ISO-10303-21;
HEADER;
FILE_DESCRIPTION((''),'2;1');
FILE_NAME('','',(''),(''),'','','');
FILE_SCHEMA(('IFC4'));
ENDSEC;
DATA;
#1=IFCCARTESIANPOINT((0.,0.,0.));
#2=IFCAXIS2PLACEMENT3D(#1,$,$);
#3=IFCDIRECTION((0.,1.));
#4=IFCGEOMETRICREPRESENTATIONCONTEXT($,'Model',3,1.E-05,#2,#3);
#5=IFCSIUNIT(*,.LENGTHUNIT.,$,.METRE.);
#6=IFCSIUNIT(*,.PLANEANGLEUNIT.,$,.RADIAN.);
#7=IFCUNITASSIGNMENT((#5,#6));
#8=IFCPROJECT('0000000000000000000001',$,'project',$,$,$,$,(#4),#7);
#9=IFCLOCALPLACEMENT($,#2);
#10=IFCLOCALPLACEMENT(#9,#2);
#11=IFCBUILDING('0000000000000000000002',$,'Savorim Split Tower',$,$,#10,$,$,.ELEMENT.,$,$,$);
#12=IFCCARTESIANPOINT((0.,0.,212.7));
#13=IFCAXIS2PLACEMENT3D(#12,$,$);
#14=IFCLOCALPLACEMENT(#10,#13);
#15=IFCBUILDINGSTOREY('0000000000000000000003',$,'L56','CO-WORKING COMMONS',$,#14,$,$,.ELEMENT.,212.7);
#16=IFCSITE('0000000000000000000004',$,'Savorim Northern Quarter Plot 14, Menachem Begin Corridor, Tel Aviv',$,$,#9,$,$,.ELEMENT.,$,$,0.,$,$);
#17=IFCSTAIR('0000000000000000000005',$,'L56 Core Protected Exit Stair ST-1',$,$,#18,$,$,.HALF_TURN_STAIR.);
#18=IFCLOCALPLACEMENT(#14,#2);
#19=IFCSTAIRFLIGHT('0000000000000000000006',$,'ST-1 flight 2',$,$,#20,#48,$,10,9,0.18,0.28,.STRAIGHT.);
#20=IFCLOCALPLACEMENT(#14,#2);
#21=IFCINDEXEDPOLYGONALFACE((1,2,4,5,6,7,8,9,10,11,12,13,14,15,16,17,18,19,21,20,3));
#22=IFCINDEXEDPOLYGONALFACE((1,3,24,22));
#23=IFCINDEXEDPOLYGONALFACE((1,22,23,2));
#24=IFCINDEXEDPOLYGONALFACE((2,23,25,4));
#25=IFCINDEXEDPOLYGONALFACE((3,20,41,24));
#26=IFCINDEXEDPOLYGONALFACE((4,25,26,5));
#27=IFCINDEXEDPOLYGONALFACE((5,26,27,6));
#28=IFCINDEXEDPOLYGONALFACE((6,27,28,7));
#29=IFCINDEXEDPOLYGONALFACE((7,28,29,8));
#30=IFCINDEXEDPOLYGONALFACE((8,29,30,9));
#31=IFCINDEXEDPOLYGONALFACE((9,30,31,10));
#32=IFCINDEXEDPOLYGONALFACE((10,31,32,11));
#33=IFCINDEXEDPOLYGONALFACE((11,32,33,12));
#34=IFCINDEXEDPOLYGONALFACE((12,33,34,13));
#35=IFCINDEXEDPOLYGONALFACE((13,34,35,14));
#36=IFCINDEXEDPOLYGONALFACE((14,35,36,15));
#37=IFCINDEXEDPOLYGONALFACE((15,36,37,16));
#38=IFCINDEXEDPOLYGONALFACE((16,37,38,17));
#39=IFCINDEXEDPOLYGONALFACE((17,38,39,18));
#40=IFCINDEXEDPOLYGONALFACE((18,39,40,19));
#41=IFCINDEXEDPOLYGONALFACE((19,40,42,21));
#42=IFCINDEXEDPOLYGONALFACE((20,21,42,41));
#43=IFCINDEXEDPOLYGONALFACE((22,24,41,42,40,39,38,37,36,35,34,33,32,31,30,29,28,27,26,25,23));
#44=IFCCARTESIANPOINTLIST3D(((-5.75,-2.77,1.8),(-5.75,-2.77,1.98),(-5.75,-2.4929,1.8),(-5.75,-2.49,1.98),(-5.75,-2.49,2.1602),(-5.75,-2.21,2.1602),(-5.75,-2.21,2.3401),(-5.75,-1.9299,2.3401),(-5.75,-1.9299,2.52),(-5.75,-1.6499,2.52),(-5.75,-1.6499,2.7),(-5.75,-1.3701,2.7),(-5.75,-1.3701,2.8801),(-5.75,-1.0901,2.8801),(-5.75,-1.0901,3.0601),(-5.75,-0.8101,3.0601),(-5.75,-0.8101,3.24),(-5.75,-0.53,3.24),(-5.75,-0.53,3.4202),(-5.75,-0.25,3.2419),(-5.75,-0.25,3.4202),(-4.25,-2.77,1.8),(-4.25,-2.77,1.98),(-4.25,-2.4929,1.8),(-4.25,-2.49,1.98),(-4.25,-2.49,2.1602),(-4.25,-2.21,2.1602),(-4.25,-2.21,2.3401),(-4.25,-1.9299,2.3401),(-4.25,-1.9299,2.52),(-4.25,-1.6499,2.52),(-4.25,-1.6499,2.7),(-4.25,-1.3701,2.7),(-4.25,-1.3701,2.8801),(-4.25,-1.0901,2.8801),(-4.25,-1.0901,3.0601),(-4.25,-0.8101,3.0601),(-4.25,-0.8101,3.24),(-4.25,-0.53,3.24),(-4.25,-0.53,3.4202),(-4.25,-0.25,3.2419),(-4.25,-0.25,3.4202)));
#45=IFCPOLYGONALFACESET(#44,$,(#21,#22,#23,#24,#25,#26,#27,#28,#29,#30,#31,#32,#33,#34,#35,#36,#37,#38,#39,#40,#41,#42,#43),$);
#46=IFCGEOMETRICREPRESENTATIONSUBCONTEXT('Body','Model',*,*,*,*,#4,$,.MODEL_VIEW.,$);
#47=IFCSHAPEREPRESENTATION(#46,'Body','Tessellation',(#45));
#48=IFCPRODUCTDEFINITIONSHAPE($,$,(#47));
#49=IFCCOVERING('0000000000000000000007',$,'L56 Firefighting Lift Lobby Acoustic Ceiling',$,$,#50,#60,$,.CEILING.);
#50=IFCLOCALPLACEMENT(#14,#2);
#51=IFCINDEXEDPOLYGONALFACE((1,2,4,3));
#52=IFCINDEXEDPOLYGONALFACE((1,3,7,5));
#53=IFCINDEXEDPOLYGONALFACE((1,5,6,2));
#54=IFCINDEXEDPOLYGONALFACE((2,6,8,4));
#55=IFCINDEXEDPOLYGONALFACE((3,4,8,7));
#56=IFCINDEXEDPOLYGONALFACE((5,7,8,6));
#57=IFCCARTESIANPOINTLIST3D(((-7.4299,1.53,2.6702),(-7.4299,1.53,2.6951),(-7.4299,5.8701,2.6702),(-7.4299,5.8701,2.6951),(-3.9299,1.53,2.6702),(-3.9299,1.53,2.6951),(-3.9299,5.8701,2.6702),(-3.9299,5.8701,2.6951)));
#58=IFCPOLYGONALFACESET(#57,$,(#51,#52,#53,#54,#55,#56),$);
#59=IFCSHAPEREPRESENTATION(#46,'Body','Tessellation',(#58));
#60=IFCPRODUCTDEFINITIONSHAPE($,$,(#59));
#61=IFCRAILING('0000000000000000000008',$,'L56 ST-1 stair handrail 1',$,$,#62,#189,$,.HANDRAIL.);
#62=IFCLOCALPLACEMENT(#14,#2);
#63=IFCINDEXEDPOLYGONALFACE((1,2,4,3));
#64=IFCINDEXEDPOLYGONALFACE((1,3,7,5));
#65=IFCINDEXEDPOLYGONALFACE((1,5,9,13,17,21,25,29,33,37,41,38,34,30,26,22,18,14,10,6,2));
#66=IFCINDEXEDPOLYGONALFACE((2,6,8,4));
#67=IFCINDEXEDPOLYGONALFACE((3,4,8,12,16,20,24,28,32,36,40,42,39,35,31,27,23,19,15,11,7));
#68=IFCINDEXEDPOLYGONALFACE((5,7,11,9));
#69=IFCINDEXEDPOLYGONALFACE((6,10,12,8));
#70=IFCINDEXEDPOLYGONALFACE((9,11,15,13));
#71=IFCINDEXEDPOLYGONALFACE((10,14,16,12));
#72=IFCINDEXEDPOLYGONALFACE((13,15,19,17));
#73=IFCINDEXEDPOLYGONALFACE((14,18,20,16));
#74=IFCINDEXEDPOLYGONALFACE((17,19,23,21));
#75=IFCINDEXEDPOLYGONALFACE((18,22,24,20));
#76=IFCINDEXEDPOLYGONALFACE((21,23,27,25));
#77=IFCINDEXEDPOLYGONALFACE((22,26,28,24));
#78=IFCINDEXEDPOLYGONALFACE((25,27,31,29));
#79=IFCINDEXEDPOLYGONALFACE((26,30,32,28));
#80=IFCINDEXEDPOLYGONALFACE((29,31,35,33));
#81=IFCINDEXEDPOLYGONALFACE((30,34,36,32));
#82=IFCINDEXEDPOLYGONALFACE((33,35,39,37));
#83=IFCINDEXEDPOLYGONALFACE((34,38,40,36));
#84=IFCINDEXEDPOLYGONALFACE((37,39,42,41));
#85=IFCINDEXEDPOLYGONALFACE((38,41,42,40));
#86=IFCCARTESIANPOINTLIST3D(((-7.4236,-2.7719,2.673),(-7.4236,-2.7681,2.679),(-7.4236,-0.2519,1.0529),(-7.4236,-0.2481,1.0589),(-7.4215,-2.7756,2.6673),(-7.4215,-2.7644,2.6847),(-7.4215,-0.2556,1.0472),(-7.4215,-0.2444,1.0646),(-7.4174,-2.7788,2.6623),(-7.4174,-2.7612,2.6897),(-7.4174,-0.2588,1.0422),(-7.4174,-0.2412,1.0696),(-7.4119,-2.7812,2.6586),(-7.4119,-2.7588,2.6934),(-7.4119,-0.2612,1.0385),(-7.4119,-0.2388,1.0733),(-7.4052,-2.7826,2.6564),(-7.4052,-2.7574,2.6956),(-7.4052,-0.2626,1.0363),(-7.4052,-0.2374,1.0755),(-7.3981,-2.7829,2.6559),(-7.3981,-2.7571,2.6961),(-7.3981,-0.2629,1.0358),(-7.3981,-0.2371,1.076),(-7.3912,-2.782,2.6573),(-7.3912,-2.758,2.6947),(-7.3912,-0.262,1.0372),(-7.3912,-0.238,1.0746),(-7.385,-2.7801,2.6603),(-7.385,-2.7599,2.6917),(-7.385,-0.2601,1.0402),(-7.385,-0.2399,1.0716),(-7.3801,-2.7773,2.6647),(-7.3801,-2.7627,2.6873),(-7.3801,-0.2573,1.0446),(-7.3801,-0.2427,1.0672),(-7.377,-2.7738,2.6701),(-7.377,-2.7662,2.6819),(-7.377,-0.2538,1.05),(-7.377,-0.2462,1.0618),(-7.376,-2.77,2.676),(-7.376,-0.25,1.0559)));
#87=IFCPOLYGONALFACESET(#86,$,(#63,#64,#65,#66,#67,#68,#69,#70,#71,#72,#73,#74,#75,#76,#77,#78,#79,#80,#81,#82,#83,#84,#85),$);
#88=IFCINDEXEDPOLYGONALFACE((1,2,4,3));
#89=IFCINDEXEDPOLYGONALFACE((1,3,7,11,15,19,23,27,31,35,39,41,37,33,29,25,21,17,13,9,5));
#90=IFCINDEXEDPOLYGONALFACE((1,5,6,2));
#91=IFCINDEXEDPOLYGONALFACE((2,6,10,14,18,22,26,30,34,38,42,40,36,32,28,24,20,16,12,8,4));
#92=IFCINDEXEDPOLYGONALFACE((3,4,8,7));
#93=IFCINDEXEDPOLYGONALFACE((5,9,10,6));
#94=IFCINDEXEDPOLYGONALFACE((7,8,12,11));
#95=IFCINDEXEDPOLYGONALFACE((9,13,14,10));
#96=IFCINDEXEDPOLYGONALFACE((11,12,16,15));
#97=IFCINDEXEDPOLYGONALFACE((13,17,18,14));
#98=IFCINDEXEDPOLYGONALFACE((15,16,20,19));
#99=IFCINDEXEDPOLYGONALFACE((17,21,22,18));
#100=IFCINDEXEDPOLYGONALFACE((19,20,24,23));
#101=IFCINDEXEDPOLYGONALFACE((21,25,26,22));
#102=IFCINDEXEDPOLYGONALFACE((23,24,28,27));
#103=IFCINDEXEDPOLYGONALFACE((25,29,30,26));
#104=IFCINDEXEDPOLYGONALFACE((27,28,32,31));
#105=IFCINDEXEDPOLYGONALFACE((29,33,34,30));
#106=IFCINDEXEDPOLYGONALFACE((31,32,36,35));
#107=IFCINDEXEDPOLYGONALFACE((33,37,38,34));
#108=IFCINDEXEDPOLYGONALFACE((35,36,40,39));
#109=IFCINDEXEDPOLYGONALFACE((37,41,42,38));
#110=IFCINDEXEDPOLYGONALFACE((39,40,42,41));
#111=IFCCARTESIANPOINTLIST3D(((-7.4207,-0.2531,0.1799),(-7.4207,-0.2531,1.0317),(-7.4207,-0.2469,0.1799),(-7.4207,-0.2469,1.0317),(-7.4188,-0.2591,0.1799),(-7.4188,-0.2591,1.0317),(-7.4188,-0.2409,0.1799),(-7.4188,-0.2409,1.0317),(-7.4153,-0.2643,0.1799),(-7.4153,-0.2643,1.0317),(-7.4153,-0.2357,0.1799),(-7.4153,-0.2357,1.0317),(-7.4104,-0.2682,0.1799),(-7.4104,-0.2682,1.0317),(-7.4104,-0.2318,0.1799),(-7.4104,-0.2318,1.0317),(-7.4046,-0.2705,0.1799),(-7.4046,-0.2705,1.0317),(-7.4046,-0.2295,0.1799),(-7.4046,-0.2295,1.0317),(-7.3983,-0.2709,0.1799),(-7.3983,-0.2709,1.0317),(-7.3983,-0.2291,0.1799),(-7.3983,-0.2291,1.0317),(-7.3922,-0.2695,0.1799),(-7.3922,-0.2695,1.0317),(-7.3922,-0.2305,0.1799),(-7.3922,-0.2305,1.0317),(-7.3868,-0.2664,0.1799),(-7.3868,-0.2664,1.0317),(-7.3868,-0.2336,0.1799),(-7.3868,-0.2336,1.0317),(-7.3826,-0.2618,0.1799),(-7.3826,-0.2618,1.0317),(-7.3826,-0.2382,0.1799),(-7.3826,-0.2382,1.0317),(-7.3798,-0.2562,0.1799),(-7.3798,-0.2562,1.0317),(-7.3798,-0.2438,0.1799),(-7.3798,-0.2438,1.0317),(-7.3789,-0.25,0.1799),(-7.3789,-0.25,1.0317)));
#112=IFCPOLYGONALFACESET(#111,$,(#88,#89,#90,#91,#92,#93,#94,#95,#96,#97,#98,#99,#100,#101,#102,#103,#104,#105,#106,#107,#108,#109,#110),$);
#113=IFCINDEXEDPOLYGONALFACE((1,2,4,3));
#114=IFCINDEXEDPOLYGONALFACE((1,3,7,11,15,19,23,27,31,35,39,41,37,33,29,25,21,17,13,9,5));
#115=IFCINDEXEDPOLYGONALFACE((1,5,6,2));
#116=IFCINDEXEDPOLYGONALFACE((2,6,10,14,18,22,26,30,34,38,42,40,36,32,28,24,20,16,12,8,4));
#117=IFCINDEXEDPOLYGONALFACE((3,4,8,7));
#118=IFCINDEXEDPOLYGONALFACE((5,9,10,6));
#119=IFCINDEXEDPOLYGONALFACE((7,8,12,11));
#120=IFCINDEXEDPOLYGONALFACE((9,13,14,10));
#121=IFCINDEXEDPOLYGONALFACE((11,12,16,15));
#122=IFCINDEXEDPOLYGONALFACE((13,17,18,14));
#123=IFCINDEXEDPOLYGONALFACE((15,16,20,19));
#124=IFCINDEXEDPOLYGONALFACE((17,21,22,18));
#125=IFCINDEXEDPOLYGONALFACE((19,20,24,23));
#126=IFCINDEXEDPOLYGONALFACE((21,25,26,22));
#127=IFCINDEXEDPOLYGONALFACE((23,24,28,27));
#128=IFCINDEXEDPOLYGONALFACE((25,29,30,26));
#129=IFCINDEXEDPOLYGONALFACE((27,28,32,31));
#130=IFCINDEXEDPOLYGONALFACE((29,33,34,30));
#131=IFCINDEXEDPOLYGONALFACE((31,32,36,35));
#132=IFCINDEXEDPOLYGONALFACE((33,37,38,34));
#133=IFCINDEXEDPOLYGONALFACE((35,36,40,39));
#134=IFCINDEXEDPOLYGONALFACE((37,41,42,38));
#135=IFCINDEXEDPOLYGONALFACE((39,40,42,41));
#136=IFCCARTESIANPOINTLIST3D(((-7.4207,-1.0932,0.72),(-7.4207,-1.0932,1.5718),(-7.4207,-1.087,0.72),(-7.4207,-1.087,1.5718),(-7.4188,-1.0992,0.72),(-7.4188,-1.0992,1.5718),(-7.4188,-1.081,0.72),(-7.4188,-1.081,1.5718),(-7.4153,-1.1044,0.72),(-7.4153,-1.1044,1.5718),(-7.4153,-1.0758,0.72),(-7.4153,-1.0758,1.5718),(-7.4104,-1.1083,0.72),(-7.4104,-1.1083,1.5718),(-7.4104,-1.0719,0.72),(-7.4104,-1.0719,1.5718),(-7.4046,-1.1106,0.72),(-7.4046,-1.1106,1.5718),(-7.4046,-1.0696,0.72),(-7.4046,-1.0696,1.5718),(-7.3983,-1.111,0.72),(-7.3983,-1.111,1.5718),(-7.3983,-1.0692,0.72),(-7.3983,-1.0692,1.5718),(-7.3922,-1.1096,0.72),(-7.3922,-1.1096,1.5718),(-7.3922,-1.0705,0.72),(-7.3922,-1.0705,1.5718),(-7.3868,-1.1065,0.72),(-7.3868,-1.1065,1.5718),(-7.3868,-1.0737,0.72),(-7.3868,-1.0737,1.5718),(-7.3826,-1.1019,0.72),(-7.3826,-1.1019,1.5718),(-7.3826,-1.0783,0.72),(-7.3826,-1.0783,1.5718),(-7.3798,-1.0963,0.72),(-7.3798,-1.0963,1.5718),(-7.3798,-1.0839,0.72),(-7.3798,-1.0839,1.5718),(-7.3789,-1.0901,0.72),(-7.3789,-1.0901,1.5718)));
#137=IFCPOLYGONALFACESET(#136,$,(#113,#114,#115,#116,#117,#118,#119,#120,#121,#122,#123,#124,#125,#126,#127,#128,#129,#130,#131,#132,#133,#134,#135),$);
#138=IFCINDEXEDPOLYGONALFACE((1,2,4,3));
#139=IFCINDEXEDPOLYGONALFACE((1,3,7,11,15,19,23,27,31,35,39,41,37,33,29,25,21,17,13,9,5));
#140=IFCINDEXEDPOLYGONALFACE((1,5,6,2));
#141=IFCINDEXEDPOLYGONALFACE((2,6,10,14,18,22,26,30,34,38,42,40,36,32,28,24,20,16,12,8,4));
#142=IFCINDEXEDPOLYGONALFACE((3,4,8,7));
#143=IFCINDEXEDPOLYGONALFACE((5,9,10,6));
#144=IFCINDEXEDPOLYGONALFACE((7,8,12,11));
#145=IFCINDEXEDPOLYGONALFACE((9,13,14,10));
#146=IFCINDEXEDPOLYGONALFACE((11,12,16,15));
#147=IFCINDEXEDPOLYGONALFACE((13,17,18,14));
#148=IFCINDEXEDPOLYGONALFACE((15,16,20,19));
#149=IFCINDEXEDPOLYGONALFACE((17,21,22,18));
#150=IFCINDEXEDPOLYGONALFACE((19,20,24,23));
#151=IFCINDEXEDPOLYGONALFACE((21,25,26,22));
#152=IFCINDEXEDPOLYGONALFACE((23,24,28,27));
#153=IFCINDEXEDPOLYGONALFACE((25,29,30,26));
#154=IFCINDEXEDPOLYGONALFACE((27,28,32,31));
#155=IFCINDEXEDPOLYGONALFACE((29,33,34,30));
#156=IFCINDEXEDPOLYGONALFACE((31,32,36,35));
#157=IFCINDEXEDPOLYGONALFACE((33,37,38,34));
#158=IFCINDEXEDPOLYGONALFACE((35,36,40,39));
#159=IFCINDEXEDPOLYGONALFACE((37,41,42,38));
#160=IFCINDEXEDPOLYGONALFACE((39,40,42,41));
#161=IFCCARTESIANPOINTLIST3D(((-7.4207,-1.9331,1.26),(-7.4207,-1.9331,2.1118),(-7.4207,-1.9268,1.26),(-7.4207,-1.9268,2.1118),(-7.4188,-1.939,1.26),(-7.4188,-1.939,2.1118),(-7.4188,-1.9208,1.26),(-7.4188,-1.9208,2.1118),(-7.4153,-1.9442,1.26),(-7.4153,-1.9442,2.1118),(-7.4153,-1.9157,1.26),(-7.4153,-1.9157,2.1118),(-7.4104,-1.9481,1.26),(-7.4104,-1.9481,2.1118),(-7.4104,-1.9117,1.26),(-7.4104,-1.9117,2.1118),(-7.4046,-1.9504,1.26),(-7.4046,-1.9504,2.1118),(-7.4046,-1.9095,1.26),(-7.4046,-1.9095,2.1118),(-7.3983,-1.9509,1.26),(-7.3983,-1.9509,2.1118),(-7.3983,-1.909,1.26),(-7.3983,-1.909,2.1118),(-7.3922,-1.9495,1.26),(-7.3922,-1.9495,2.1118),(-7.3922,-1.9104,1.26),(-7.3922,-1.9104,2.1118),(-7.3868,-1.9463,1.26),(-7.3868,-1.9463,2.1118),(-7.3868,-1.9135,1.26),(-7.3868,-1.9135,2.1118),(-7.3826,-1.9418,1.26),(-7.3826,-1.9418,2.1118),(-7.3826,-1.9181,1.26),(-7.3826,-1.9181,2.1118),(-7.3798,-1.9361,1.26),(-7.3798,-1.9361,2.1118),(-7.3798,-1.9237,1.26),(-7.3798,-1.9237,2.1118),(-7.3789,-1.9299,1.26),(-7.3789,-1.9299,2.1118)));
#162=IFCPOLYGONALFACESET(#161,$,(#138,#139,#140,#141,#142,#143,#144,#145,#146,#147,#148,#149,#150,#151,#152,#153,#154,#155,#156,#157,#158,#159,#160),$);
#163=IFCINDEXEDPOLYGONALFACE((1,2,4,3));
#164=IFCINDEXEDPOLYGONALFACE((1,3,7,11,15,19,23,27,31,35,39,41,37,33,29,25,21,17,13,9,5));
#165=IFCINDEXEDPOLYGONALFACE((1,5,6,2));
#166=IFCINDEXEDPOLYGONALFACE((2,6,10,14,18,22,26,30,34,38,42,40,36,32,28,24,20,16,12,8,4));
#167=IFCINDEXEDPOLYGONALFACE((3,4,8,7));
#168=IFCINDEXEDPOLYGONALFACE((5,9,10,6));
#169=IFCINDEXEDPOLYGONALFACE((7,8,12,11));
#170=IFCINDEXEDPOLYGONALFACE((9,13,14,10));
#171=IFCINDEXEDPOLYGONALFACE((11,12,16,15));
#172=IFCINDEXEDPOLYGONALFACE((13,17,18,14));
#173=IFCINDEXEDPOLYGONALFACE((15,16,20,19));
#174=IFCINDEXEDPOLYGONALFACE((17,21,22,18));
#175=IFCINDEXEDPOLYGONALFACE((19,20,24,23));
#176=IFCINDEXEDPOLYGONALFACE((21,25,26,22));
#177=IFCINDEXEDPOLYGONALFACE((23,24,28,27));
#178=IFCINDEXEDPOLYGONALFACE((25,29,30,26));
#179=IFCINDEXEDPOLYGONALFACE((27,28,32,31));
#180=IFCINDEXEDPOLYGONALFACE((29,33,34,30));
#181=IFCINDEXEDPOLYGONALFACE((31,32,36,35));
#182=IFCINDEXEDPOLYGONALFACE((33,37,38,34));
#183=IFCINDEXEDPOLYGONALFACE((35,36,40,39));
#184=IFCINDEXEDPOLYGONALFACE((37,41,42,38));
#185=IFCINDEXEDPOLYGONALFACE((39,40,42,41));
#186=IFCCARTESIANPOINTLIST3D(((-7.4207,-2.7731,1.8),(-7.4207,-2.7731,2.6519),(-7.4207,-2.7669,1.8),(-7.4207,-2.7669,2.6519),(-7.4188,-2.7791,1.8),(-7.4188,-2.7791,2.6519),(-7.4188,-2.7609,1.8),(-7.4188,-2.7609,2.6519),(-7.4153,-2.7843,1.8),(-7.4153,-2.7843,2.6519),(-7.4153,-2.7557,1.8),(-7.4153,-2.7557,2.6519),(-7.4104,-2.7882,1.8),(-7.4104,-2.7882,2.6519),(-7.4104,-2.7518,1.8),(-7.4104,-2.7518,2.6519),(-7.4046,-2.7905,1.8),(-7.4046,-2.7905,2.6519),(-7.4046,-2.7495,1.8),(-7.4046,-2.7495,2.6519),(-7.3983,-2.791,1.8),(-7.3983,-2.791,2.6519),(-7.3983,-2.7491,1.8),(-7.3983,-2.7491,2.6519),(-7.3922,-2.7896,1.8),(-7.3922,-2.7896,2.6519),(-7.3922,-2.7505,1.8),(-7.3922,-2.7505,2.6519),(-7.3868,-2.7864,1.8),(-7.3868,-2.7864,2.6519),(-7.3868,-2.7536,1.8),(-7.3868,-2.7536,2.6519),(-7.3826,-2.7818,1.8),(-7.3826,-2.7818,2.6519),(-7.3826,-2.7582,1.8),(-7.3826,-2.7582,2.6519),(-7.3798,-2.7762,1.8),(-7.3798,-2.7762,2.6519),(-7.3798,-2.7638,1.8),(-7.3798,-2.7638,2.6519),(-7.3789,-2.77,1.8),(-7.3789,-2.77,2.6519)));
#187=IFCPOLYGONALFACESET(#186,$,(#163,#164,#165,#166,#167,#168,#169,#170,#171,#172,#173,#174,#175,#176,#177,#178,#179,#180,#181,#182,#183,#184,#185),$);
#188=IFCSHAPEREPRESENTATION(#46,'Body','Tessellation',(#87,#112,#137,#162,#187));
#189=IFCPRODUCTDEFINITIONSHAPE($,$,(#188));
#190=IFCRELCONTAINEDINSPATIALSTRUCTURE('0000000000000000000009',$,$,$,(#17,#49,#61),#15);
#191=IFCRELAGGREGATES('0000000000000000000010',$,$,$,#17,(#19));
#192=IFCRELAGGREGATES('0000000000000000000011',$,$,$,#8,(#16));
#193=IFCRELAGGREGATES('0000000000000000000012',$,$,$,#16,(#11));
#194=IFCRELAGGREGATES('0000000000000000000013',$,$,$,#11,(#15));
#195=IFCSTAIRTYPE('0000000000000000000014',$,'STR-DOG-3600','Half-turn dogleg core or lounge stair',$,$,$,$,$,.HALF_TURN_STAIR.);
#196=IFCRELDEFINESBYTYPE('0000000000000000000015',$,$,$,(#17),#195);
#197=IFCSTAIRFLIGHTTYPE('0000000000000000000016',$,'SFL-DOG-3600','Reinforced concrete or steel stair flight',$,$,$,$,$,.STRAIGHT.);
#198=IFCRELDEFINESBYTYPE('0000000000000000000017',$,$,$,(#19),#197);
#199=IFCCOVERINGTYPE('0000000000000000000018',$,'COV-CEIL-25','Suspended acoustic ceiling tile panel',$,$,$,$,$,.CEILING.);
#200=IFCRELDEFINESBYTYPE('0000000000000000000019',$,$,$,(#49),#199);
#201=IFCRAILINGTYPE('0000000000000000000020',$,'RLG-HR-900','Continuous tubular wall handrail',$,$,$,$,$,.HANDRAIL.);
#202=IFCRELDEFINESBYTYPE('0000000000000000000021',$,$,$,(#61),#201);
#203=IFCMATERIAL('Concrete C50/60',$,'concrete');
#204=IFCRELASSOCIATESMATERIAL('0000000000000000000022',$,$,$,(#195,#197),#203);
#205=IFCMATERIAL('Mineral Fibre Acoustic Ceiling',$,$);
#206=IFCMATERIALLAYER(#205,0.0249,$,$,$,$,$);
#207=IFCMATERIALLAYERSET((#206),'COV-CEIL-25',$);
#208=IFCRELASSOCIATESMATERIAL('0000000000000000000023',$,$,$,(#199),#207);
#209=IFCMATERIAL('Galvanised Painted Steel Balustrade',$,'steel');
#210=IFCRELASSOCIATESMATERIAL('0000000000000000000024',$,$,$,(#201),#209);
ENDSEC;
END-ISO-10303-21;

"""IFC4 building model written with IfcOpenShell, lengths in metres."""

from ifc_helpers import new_model, si_unit, direction, frame, origin, origin_2d, place, context, subcontext, project, spatial, polyline, circle, outline, extrude, material, layer, layer_set, type_object, element, aggregate, save


model = new_model("IFC4")

# Units and contexts
model_context = context("Model", 3, precision=1e-05, world=origin(), true_north=direction((0.0, 1.0)))
body_context = subcontext(model_context, "Body", "Model", "MODEL_VIEW")
ifc_project = project(units=[si_unit("LENGTHUNIT", "METRE"), si_unit("PLANEANGLEUNIT", "RADIAN")], contexts=[model_context])

# Site, building, storey
site_placement = place(None, origin())
site = spatial("IfcSite", under=ifc_project, at=site_placement, Name="Savorim Northern Quarter Plot 14, Menachem Begin Corridor, Tel Aviv", CompositionType="ELEMENT", RefElevation=0.0)
building_placement = place(site_placement, origin())
building = spatial("IfcBuilding", under=site, at=building_placement, Name="Savorim Split Tower", CompositionType="ELEMENT")
storey_placement = place(building_placement, frame((0.0, 0.0, 212.7)))
storey = spatial("IfcBuildingStorey", under=building, at=storey_placement, Name="L56", Description="CO-WORKING COMMONS", CompositionType="ELEMENT", Elevation=212.7)

# Shared definitions
ifc_material_1 = material(Name="Concrete C50/60", Category="concrete")

# Stair
stair_type = type_object("IfcStairType", Name="STR-DOG-3600", Description="Half-turn dogleg core or lounge stair", PredefinedType="HALF_TURN_STAIR", material=ifc_material_1)
stair_1_placement = place(storey_placement, origin())
stair_1 = element("IfcStair", 1, at=stair_1_placement, inside=storey, type_object=stair_type, Name="L56 Core Protected Exit Stair ST-1", PredefinedType="HALF_TURN_STAIR")

# Stair flight
stair_flight_type = type_object("IfcStairFlightType", Name="SFL-DOG-3600", Description="Reinforced concrete or steel stair flight", PredefinedType="STRAIGHT", material=ifc_material_1)
stair_flight_1_placement = place(storey_placement, frame((-5.0, -2.77, 1.8), z_axis=(0.0, 0.0, 1.0), x_axis=(0.0, 1.0, 0.0)))
stair_flight_1 = element("IfcStairFlight", 2, at=stair_flight_1_placement, type_object=stair_flight_type, Name="ST-1 flight 2", NumberOfRisers=10, NumberOfTreads=9, PredefinedType="STRAIGHT", RiserHeight=0.18, TreadLength=0.28, context=body_context, shape_type="SweptSolid", body=[
    extrude(outline(polyline([(0.0, 0.0), (0.0, 0.1799), (0.28, 0.1799), (0.28, 0.3601), (0.5601, 0.3601), (0.5601, 0.54), (0.8401, 0.54), (0.8401, 0.72), (1.1201, 0.72), (1.1201, 0.8999), (1.3999, 0.8999), (1.3999, 1.0801), (1.6799, 1.0801), (1.6799, 1.26), (1.96, 1.26), (1.96, 1.4399), (2.24, 1.4399), (2.24, 1.6201), (2.52, 1.6201), (2.52, 1.8), (2.52, 1.4419), (0.2771, 0.0), (0.0, 0.0)])), frame((0.0, 0.75, 0.0), z_axis=(0.0, -1.0, 0.0), x_axis=(1.0, 0.0, 0.0)), (0.0, 0.0, 1.0), 1.5),
])
aggregate(stair_1, [stair_flight_1])

# Covering
ifc_material_2 = material(Name="Mineral Fibre Acoustic Ceiling")
ifc_layer_1 = layer(ifc_material_2, 0.0249)
ifc_layer_set_1 = layer_set([ifc_layer_1], Name="COV-CEIL-25")
covering_type = type_object("IfcCoveringType", Name="COV-CEIL-25", Description="Suspended acoustic ceiling tile panel", PredefinedType="CEILING", material=ifc_layer_set_1)
covering_placement = place(storey_placement, frame((0.0, 0.0, 2.6702)))
element("IfcCovering", 3, at=covering_placement, inside=storey, type_object=covering_type, Name="L56 Firefighting Lift Lobby Acoustic Ceiling", PredefinedType="CEILING", context=body_context, shape_type="SweptSolid", body=[
    extrude(outline(polyline([(-7.4299, 5.8701), (-7.4299, 1.53), (-3.9299, 1.53), (-3.9299, 5.8701), (-7.4299, 5.8701)])), origin(), (0.0, 0.0, 1.0), 0.0249),
])

# Railing
ifc_material_3 = material(Name="Galvanised Painted Steel Balustrade", Category="steel")
railing_type_1 = type_object("IfcRailingType", Name="RLG-HR-900", Description="Continuous tubular wall handrail", PredefinedType="HANDRAIL", material=ifc_material_3)
railing_1_placement = place(storey_placement, frame((-7.3999, -0.25, 0.1799)))
element("IfcRailing", 4, at=railing_1_placement, inside=storey, type_object=railing_type_1, Name="L56 ST-1 stair handrail 1", PredefinedType="HANDRAIL", context=body_context, shape_type="SweptSolid", body=[
    extrude(circle(Radius=0.0239, at=origin_2d()), frame((0.0, 0.0, 0.876), z_axis=(0.0, -0.841163, 0.540782), x_axis=(1.0, 0.0, 0.0)), (0.0, 0.0, 1.0), 2.9958),
    extrude(circle(Radius=0.021, at=origin_2d()), origin(), (0.0, 0.0, 1.0), 0.8518),
    extrude(circle(Radius=0.021, at=origin_2d()), frame((0.0, -0.8401, 0.54)), (0.0, 0.0, 1.0), 0.8518),
    extrude(circle(Radius=0.021, at=origin_2d()), frame((0.0, -1.6799, 1.0801)), (0.0, 0.0, 1.0), 0.8518),
    extrude(circle(Radius=0.021, at=origin_2d()), frame((0.0, -2.52, 1.6201)), (0.0, 0.0, 1.0), 0.8518),
])

save(model, "model.ifc")
